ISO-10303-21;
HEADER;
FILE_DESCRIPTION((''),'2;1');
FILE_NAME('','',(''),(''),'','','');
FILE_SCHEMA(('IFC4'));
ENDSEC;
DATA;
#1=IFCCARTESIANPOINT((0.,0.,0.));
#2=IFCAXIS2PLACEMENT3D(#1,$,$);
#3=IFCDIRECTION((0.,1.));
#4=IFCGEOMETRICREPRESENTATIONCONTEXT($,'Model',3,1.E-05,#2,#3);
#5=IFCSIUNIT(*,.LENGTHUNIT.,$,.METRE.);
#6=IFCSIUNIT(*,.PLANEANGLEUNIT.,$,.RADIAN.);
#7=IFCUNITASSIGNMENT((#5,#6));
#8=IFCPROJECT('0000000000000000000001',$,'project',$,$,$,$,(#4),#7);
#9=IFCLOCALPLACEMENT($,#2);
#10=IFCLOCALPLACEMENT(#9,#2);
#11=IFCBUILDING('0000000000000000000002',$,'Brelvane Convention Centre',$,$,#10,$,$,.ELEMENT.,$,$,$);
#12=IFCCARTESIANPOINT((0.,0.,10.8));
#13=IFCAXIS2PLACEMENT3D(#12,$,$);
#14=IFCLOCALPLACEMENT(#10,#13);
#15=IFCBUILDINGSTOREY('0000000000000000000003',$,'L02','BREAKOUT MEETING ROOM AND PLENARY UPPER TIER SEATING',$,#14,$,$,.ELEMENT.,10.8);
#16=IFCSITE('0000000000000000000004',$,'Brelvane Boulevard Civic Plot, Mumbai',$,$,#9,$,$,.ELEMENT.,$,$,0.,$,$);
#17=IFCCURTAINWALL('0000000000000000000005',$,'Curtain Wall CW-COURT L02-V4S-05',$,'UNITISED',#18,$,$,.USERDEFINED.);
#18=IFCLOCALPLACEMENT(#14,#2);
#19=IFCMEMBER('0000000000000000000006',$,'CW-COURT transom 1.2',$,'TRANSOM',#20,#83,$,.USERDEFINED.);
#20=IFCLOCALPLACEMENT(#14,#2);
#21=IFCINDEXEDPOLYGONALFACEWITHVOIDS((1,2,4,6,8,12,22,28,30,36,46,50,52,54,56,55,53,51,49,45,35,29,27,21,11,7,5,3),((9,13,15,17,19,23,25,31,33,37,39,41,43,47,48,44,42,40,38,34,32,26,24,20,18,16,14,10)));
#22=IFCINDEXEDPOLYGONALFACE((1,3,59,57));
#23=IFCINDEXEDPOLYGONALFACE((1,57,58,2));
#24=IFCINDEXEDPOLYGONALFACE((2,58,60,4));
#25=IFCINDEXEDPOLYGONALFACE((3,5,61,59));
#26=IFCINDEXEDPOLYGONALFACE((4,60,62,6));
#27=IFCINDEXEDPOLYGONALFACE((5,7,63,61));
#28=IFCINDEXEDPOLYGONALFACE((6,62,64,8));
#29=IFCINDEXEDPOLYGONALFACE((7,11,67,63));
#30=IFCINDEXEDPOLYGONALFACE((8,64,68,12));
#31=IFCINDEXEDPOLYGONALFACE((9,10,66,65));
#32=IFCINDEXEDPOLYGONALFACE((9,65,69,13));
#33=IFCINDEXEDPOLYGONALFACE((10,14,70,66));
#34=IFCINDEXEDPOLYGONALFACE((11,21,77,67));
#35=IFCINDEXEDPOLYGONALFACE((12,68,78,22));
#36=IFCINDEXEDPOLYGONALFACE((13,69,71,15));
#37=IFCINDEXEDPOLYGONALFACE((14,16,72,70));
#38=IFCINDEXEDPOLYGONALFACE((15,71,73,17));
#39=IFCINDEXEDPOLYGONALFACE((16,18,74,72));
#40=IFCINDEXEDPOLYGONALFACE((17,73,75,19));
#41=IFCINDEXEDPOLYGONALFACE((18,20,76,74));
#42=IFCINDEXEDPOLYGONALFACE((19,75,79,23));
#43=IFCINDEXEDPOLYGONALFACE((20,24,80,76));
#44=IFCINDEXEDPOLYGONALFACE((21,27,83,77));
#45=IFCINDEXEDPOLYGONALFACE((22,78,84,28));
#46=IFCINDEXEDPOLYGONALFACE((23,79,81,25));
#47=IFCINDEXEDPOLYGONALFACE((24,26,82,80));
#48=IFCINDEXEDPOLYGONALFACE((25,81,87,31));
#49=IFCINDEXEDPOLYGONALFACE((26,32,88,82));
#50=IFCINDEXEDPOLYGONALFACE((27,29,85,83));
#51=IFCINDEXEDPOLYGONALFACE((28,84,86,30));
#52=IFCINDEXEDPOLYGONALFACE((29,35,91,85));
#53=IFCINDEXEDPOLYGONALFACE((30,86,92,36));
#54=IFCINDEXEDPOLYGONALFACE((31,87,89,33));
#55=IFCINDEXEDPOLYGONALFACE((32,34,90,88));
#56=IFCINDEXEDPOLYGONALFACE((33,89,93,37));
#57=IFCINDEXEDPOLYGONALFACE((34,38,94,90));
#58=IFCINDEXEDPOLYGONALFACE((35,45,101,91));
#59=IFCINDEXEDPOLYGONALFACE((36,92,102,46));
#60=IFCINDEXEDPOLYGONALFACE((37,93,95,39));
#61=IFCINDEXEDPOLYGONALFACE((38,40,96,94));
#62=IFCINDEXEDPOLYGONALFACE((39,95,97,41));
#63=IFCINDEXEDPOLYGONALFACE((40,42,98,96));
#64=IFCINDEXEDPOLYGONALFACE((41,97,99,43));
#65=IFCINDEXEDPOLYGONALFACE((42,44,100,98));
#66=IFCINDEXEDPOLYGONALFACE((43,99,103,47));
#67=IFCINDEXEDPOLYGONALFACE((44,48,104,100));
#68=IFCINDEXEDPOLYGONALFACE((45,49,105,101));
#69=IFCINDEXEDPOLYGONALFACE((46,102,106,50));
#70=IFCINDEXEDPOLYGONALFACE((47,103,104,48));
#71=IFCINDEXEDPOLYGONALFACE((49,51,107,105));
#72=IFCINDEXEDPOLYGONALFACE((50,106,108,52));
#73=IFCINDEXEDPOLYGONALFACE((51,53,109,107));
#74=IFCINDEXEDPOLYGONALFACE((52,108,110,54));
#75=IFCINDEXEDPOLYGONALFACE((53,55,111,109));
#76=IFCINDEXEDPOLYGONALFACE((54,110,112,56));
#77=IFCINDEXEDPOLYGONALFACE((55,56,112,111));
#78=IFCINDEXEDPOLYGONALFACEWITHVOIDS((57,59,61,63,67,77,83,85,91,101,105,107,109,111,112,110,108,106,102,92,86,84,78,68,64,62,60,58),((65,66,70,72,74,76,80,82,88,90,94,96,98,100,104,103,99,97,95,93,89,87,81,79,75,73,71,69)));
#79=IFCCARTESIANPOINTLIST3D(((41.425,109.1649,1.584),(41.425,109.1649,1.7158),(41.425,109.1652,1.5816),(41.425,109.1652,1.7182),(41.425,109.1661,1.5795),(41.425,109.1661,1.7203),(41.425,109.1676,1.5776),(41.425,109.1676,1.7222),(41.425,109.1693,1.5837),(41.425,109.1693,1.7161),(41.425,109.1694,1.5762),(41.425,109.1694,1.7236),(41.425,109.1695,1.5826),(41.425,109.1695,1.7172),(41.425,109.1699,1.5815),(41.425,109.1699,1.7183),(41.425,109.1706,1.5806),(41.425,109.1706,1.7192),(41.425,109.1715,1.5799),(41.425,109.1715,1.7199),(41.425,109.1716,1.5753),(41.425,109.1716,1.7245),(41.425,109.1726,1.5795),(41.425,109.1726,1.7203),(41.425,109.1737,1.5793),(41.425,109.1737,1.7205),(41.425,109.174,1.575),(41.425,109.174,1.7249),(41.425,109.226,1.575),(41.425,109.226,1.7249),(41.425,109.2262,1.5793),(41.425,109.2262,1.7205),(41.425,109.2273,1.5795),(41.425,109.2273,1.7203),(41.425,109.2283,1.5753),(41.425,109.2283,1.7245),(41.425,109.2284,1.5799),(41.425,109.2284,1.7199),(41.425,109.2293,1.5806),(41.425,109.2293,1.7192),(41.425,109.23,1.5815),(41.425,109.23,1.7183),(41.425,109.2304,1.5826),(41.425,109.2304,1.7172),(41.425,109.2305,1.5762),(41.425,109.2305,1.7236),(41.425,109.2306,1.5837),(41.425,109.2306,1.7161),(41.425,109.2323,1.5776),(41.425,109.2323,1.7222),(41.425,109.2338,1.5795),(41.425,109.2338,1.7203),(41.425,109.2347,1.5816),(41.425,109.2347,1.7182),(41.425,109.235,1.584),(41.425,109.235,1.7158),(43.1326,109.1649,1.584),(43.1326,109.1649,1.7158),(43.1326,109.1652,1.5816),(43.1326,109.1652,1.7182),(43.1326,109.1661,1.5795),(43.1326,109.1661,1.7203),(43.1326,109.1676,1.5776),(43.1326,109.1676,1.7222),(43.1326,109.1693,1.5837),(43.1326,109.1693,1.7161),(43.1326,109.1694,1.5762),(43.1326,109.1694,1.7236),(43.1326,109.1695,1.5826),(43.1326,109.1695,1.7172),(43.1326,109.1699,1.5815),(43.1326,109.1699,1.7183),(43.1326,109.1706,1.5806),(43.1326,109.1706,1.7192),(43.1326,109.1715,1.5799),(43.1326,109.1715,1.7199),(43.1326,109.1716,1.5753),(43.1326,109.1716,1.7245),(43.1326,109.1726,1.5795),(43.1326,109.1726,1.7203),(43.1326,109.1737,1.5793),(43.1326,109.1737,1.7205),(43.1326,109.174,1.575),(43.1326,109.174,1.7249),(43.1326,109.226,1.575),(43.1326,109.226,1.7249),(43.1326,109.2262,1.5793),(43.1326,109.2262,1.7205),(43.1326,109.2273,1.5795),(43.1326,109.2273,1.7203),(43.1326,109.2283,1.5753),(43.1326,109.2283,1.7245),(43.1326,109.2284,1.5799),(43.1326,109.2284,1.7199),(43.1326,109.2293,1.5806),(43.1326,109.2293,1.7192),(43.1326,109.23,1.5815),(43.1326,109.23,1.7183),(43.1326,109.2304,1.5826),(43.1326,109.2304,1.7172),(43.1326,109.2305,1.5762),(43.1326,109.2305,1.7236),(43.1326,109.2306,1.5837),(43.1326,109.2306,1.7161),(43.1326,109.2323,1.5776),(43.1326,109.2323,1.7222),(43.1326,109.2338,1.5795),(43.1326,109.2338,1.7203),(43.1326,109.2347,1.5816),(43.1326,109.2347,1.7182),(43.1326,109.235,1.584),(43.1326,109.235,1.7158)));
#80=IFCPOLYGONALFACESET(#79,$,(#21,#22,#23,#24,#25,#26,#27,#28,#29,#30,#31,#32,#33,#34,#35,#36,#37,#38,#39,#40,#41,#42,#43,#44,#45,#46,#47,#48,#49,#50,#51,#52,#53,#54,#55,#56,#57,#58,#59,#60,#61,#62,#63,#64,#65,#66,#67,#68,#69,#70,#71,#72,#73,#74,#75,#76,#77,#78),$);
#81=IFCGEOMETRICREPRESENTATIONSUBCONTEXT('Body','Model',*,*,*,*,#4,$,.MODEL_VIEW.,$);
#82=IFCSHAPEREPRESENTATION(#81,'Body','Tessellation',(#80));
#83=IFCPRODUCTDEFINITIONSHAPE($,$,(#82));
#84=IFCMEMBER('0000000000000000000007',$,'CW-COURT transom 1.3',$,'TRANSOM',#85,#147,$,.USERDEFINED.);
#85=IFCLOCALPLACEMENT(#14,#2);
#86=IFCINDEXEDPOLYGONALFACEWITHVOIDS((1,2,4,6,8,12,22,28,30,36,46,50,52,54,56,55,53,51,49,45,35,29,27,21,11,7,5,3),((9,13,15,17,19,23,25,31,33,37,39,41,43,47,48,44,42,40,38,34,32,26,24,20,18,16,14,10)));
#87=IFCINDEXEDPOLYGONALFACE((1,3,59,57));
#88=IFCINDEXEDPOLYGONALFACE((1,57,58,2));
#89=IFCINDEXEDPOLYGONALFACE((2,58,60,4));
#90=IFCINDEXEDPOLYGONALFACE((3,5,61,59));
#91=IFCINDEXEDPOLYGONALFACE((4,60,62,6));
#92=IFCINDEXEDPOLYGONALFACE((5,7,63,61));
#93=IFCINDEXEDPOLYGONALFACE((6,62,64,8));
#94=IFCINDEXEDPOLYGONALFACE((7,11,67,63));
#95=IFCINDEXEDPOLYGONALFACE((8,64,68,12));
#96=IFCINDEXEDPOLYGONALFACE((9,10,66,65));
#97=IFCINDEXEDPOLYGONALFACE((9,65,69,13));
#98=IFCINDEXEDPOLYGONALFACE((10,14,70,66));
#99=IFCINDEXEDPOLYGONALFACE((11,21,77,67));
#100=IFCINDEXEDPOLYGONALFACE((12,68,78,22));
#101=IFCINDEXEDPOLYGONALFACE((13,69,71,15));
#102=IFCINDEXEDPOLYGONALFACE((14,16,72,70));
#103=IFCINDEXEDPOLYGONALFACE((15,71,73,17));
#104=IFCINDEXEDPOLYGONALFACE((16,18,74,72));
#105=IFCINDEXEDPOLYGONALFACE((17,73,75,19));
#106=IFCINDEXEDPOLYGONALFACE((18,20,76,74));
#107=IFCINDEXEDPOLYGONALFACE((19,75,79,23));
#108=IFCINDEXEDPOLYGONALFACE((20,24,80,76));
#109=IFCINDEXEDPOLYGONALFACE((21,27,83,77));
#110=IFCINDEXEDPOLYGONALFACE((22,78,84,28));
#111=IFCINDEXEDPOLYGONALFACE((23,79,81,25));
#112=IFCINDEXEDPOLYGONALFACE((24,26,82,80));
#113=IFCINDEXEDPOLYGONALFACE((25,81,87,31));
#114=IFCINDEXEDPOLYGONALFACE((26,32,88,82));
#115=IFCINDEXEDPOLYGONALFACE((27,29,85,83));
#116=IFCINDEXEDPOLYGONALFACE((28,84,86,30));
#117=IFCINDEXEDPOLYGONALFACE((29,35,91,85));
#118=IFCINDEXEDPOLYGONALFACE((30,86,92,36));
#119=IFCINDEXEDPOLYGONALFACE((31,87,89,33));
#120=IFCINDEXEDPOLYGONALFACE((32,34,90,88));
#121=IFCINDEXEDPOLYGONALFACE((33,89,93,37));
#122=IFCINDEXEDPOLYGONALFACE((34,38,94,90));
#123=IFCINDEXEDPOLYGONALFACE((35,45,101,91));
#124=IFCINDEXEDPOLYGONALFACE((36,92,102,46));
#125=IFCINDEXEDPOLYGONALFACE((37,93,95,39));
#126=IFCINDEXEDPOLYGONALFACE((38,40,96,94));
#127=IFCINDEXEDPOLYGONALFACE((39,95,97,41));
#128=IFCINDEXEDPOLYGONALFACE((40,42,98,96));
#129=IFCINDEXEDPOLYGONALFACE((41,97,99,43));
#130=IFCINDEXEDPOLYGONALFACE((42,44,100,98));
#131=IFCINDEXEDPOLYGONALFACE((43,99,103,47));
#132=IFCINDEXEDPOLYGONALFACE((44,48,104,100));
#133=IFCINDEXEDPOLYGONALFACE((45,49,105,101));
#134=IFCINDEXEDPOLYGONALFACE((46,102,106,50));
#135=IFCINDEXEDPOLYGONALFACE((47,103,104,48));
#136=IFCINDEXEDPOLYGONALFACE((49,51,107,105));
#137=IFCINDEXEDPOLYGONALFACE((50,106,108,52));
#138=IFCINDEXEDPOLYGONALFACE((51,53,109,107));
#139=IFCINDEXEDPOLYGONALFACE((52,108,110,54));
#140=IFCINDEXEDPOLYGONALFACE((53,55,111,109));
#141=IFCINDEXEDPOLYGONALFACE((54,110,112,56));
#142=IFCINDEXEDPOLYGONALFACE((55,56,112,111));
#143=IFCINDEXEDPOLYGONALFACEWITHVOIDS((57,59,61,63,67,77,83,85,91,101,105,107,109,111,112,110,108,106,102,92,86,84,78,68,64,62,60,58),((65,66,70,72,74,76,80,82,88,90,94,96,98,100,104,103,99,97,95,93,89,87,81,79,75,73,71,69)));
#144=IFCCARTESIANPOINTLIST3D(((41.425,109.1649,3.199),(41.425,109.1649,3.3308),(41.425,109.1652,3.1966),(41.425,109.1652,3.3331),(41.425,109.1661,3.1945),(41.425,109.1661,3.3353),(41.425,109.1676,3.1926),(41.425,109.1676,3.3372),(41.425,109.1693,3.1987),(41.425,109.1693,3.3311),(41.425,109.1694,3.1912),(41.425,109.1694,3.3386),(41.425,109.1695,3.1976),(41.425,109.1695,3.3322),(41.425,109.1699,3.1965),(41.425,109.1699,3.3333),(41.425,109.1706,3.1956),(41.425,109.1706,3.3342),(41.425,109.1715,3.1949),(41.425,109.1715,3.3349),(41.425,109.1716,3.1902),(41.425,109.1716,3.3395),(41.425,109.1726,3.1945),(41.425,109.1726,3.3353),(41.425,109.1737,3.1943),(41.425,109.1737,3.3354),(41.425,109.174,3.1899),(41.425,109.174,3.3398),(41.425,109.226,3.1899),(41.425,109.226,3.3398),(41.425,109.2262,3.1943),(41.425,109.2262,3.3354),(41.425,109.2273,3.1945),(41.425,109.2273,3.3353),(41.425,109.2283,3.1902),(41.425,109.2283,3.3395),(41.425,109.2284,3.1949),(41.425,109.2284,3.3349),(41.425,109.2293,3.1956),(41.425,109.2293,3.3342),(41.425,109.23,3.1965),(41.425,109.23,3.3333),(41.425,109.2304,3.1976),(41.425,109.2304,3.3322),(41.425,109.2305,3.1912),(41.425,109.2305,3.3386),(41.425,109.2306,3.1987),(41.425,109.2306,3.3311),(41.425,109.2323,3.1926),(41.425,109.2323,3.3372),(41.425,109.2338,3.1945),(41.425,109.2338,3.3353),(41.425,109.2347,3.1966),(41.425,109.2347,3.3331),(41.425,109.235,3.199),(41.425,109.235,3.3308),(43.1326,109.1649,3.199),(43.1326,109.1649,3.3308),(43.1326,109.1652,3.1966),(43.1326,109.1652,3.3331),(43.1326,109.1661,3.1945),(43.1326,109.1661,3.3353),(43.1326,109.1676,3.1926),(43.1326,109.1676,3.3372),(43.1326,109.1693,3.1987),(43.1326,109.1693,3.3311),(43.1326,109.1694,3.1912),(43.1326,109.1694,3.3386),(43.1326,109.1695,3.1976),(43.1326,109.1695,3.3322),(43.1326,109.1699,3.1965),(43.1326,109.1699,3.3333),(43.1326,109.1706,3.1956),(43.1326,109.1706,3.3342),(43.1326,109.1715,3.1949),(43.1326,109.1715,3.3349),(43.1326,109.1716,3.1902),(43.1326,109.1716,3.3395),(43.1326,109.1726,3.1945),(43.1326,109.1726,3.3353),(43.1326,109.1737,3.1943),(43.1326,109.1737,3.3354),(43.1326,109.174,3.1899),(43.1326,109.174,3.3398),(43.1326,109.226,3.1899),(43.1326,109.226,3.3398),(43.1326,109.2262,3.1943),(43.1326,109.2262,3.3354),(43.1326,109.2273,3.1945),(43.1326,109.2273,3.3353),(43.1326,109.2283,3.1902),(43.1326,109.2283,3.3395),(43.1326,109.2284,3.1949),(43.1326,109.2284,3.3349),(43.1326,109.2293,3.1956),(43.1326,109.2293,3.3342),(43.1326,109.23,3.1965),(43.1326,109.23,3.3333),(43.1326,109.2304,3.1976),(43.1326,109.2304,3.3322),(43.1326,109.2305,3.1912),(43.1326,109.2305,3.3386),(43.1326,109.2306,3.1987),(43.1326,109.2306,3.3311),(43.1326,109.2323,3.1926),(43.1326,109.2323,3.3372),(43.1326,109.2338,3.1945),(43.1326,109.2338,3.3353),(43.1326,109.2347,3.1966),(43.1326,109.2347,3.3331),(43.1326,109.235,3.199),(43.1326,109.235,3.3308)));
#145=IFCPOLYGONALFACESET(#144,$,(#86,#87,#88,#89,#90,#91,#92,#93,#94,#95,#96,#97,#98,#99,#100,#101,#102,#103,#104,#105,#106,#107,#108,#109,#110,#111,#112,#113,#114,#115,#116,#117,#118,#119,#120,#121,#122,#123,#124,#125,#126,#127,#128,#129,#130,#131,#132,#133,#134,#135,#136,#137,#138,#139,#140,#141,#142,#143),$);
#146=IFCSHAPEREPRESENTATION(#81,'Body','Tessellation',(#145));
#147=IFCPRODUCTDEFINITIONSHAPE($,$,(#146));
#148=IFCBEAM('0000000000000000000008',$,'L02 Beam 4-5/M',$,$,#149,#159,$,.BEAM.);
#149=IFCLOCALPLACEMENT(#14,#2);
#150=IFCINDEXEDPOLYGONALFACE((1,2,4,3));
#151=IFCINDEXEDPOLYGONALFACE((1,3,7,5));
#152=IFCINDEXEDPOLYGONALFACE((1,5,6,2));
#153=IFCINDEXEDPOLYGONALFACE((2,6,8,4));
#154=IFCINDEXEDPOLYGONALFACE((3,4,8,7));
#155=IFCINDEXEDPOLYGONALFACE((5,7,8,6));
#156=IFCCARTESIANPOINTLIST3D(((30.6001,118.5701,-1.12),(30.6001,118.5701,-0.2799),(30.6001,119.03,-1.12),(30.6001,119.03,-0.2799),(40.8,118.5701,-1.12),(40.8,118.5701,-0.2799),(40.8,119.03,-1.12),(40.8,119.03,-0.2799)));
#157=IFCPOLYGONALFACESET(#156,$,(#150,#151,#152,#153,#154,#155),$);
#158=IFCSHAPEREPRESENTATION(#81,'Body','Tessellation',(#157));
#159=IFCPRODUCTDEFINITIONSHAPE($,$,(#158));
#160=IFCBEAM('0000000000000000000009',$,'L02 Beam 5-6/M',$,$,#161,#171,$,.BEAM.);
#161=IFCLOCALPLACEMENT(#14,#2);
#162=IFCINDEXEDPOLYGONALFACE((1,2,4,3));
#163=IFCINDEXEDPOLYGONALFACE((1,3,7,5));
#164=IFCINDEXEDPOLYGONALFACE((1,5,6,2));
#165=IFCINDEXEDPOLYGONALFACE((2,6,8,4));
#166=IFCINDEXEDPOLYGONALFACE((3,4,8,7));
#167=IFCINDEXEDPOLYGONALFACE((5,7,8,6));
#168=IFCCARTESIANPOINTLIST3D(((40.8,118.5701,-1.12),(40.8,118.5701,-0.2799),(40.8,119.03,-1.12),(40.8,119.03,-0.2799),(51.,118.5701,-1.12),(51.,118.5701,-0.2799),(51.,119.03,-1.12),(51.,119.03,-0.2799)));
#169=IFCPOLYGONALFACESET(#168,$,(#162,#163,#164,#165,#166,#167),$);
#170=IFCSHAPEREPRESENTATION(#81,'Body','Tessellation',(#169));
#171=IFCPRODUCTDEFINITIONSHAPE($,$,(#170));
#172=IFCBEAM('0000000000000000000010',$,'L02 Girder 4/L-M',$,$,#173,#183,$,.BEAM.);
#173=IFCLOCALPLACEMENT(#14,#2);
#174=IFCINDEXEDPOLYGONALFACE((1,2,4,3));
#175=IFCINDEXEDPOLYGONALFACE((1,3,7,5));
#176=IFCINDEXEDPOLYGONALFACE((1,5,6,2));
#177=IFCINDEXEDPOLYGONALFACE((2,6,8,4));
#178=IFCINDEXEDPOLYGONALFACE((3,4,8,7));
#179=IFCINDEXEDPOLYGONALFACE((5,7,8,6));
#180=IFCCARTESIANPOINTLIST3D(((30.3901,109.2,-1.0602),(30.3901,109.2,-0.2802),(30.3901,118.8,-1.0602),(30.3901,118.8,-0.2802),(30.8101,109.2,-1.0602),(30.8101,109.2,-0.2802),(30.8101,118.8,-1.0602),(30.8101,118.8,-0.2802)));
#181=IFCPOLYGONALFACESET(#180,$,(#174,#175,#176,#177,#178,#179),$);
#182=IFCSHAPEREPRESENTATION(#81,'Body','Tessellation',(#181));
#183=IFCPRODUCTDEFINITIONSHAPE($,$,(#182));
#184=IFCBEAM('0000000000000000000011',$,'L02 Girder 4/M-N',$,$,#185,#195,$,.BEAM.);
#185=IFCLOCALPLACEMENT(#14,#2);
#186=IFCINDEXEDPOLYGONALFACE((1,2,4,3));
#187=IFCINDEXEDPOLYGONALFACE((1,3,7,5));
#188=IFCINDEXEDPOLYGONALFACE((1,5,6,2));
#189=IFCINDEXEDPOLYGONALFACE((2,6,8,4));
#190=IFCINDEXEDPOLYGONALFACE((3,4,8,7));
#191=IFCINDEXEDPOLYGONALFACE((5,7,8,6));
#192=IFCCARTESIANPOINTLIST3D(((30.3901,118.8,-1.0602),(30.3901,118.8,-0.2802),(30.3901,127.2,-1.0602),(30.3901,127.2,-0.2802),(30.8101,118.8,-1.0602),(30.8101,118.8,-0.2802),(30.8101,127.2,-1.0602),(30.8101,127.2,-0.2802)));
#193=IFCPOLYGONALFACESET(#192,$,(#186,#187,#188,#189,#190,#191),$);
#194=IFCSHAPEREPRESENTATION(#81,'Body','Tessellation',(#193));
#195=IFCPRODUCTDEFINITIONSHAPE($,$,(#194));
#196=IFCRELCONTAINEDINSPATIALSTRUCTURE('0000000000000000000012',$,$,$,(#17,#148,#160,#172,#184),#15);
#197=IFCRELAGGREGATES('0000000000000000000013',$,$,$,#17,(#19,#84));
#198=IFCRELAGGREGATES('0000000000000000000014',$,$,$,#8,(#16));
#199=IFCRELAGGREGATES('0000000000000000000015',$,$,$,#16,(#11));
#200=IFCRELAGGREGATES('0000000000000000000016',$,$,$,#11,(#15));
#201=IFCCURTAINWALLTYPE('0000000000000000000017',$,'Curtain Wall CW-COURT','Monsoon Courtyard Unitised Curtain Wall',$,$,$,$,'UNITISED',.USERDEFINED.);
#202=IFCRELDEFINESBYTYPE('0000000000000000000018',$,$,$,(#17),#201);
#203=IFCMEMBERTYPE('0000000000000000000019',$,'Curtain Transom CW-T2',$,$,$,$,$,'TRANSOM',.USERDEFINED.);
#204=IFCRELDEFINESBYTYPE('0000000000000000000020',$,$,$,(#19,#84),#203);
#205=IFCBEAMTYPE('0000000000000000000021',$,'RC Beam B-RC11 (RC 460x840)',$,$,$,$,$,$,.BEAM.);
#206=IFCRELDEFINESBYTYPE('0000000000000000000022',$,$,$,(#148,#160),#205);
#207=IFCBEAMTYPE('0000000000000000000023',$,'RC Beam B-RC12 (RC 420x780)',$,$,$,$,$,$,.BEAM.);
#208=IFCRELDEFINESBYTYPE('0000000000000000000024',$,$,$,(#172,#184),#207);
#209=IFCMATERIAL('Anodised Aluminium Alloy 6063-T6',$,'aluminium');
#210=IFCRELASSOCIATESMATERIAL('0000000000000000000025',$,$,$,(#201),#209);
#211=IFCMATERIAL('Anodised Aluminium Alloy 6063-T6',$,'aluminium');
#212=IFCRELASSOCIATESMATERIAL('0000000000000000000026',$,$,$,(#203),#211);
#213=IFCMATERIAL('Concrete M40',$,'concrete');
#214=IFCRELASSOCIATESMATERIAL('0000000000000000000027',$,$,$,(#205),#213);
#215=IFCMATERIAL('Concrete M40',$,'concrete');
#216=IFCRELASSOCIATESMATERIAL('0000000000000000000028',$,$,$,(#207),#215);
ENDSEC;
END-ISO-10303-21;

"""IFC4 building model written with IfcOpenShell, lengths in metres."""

from ifc_helpers import new_model, si_unit, direction, frame, origin, origin_2d, place, context, subcontext, project, spatial, rectangle, hollow_rectangle, extrude, material, material_profile, profile_set, type_object, element, aggregate, save


model = new_model("IFC4")

# Units and contexts
model_context = context("Model", 3, precision=1e-05, world=origin(), true_north=direction((0.0, 1.0)))
body_context = subcontext(model_context, "Body", "Model", "MODEL_VIEW")
ifc_project = project(units=[si_unit("LENGTHUNIT", "METRE"), si_unit("PLANEANGLEUNIT", "RADIAN")], contexts=[model_context])

# Site, building, storey
site_placement = place(None, origin())
site = spatial("IfcSite", under=ifc_project, at=site_placement, Name="Brelvane Boulevard Civic Plot, Mumbai", CompositionType="ELEMENT", RefElevation=0.0)
building_placement = place(site_placement, origin())
building = spatial("IfcBuilding", under=site, at=building_placement, Name="Brelvane Convention Centre", CompositionType="ELEMENT")
storey_placement = place(building_placement, frame((0.0, 0.0, 10.8)))
storey = spatial("IfcBuildingStorey", under=building, at=storey_placement, Name="L02", Description="BREAKOUT MEETING ROOM AND PLENARY UPPER TIER SEATING", CompositionType="ELEMENT", Elevation=10.8)

# Curtain wall, members
ifc_material_1 = material(Name="Anodised Aluminium Alloy 6063-T6", Category="aluminium")
curtain_wall_type = type_object("IfcCurtainWallType", Name="Curtain Wall CW-COURT", Description="Monsoon Courtyard Unitised Curtain Wall", ElementType="UNITISED", PredefinedType="USERDEFINED", material=ifc_material_1)
curtain_wall_placement = place(storey_placement, origin())
curtain_wall = element("IfcCurtainWall", 1, at=curtain_wall_placement, inside=storey, type_object=curtain_wall_type, Name="Curtain Wall CW-COURT L02-V4S-05", ObjectType="UNITISED", PredefinedType="USERDEFINED")
ifc_material_2 = material(Name="Anodised Aluminium Alloy 6063-T6", Category="aluminium")
ifc_material_profile_1 = material_profile(ifc_material_2, hollow_rectangle(XDim=0.0701, YDim=0.1499, WallThickness=0.0044, InnerFilletRadius=0.0044, OuterFilletRadius=0.009, at=origin_2d()), Name="ALU-T 150x70x4.5")
ifc_profile_set_1 = profile_set([ifc_material_profile_1], Name="Anodised Aluminium Alloy 6063-T6")
member_type_1 = type_object("IfcMemberType", Name="Curtain Transom CW-T2", ElementType="TRANSOM", PredefinedType="USERDEFINED", material=ifc_profile_set_1)
member_1_placement = place(storey_placement, frame((41.425, 109.2, 1.6499), z_axis=(1.0, 0.0, 0.0), x_axis=(0.0, 1.0, 0.0)))
member_1 = element("IfcMember", 2, at=member_1_placement, type_object=member_type_1, Name="CW-COURT transom 1.2", ObjectType="TRANSOM", PredefinedType="USERDEFINED", context=body_context, shape_type="SweptSolid", body=[
    extrude(hollow_rectangle(XDim=0.0701, YDim=0.1499, WallThickness=0.0044, InnerFilletRadius=0.0044, OuterFilletRadius=0.009, at=origin_2d()), origin(), (0.0, 0.0, 1.0), 1.7075),
])
member_2_placement = place(storey_placement, frame((41.425, 109.2, 3.2649), z_axis=(1.0, 0.0, 0.0), x_axis=(0.0, 1.0, 0.0)))
member_2 = element("IfcMember", 3, at=member_2_placement, type_object=member_type_1, Name="CW-COURT transom 1.3", ObjectType="TRANSOM", PredefinedType="USERDEFINED", context=body_context, shape_type="SweptSolid", body=[
    extrude(hollow_rectangle(XDim=0.0701, YDim=0.1499, WallThickness=0.0044, InnerFilletRadius=0.0044, OuterFilletRadius=0.009, at=origin_2d()), origin(), (0.0, 0.0, 1.0), 1.7075),
])

# Beams
ifc_material_3 = material(Name="Concrete M40", Category="concrete")
ifc_material_profile_2 = material_profile(ifc_material_3, rectangle(XDim=0.46, YDim=0.8401, at=origin_2d()), Name="RC 460x840")
ifc_profile_set_2 = profile_set([ifc_material_profile_2], Name="Concrete M40")
beam_type_1 = type_object("IfcBeamType", Name="RC Beam B-RC11 (RC 460x840)", PredefinedType="BEAM", material=ifc_profile_set_2)
for number, where, z_axis, x_axis, name in (
    (4, (30.6001, 118.8, -0.7), (1.0, 0.0, 0.0), (0.0, 1.0, 0.0), "L02 Beam 4-5/M"),
    (5, (40.8, 118.8, -0.7), (1.0, 0.0, 0.0), (0.0, 1.0, 0.0), "L02 Beam 5-6/M"),
):
    element("IfcBeam", number, at=place(storey_placement, frame(where, z_axis=z_axis, x_axis=x_axis)), inside=storey, type_object=beam_type_1, Name=name, PredefinedType="BEAM", context=body_context, shape_type="SweptSolid", body=[
        extrude(rectangle(XDim=0.46, YDim=0.8401, at=origin_2d()), origin(), (0.0, 0.0, 1.0), 10.2),
    ])
ifc_material_4 = material(Name="Concrete M40", Category="concrete")
ifc_material_profile_3 = material_profile(ifc_material_4, rectangle(XDim=0.4199, YDim=0.78, at=origin_2d()), Name="RC 420x780")
ifc_profile_set_3 = profile_set([ifc_material_profile_3], Name="Concrete M40")
beam_type_2 = type_object("IfcBeamType", Name="RC Beam B-RC12 (RC 420x780)", PredefinedType="BEAM", material=ifc_profile_set_3)
beam_1_placement = place(storey_placement, frame((30.6001, 109.2, -0.6702), z_axis=(0.0, 1.0, 0.0), x_axis=(-1.0, 0.0, 0.0)))
element("IfcBeam", 6, at=beam_1_placement, inside=storey, type_object=beam_type_2, Name="L02 Girder 4/L-M", PredefinedType="BEAM", context=body_context, shape_type="SweptSolid", body=[
    extrude(rectangle(XDim=0.4199, YDim=0.78, at=origin_2d()), origin(), (0.0, 0.0, 1.0), 9.6001),
])
beam_2_placement = place(storey_placement, frame((30.6001, 118.8, -0.6702), z_axis=(0.0, 1.0, 0.0), x_axis=(-1.0, 0.0, 0.0)))
element("IfcBeam", 7, at=beam_2_placement, inside=storey, type_object=beam_type_2, Name="L02 Girder 4/M-N", PredefinedType="BEAM", context=body_context, shape_type="SweptSolid", body=[
    extrude(rectangle(XDim=0.4199, YDim=0.78, at=origin_2d()), origin(), (0.0, 0.0, 1.0), 8.3999),
])

aggregate(curtain_wall, [member_1, member_2])

save(model, "model.ifc")
